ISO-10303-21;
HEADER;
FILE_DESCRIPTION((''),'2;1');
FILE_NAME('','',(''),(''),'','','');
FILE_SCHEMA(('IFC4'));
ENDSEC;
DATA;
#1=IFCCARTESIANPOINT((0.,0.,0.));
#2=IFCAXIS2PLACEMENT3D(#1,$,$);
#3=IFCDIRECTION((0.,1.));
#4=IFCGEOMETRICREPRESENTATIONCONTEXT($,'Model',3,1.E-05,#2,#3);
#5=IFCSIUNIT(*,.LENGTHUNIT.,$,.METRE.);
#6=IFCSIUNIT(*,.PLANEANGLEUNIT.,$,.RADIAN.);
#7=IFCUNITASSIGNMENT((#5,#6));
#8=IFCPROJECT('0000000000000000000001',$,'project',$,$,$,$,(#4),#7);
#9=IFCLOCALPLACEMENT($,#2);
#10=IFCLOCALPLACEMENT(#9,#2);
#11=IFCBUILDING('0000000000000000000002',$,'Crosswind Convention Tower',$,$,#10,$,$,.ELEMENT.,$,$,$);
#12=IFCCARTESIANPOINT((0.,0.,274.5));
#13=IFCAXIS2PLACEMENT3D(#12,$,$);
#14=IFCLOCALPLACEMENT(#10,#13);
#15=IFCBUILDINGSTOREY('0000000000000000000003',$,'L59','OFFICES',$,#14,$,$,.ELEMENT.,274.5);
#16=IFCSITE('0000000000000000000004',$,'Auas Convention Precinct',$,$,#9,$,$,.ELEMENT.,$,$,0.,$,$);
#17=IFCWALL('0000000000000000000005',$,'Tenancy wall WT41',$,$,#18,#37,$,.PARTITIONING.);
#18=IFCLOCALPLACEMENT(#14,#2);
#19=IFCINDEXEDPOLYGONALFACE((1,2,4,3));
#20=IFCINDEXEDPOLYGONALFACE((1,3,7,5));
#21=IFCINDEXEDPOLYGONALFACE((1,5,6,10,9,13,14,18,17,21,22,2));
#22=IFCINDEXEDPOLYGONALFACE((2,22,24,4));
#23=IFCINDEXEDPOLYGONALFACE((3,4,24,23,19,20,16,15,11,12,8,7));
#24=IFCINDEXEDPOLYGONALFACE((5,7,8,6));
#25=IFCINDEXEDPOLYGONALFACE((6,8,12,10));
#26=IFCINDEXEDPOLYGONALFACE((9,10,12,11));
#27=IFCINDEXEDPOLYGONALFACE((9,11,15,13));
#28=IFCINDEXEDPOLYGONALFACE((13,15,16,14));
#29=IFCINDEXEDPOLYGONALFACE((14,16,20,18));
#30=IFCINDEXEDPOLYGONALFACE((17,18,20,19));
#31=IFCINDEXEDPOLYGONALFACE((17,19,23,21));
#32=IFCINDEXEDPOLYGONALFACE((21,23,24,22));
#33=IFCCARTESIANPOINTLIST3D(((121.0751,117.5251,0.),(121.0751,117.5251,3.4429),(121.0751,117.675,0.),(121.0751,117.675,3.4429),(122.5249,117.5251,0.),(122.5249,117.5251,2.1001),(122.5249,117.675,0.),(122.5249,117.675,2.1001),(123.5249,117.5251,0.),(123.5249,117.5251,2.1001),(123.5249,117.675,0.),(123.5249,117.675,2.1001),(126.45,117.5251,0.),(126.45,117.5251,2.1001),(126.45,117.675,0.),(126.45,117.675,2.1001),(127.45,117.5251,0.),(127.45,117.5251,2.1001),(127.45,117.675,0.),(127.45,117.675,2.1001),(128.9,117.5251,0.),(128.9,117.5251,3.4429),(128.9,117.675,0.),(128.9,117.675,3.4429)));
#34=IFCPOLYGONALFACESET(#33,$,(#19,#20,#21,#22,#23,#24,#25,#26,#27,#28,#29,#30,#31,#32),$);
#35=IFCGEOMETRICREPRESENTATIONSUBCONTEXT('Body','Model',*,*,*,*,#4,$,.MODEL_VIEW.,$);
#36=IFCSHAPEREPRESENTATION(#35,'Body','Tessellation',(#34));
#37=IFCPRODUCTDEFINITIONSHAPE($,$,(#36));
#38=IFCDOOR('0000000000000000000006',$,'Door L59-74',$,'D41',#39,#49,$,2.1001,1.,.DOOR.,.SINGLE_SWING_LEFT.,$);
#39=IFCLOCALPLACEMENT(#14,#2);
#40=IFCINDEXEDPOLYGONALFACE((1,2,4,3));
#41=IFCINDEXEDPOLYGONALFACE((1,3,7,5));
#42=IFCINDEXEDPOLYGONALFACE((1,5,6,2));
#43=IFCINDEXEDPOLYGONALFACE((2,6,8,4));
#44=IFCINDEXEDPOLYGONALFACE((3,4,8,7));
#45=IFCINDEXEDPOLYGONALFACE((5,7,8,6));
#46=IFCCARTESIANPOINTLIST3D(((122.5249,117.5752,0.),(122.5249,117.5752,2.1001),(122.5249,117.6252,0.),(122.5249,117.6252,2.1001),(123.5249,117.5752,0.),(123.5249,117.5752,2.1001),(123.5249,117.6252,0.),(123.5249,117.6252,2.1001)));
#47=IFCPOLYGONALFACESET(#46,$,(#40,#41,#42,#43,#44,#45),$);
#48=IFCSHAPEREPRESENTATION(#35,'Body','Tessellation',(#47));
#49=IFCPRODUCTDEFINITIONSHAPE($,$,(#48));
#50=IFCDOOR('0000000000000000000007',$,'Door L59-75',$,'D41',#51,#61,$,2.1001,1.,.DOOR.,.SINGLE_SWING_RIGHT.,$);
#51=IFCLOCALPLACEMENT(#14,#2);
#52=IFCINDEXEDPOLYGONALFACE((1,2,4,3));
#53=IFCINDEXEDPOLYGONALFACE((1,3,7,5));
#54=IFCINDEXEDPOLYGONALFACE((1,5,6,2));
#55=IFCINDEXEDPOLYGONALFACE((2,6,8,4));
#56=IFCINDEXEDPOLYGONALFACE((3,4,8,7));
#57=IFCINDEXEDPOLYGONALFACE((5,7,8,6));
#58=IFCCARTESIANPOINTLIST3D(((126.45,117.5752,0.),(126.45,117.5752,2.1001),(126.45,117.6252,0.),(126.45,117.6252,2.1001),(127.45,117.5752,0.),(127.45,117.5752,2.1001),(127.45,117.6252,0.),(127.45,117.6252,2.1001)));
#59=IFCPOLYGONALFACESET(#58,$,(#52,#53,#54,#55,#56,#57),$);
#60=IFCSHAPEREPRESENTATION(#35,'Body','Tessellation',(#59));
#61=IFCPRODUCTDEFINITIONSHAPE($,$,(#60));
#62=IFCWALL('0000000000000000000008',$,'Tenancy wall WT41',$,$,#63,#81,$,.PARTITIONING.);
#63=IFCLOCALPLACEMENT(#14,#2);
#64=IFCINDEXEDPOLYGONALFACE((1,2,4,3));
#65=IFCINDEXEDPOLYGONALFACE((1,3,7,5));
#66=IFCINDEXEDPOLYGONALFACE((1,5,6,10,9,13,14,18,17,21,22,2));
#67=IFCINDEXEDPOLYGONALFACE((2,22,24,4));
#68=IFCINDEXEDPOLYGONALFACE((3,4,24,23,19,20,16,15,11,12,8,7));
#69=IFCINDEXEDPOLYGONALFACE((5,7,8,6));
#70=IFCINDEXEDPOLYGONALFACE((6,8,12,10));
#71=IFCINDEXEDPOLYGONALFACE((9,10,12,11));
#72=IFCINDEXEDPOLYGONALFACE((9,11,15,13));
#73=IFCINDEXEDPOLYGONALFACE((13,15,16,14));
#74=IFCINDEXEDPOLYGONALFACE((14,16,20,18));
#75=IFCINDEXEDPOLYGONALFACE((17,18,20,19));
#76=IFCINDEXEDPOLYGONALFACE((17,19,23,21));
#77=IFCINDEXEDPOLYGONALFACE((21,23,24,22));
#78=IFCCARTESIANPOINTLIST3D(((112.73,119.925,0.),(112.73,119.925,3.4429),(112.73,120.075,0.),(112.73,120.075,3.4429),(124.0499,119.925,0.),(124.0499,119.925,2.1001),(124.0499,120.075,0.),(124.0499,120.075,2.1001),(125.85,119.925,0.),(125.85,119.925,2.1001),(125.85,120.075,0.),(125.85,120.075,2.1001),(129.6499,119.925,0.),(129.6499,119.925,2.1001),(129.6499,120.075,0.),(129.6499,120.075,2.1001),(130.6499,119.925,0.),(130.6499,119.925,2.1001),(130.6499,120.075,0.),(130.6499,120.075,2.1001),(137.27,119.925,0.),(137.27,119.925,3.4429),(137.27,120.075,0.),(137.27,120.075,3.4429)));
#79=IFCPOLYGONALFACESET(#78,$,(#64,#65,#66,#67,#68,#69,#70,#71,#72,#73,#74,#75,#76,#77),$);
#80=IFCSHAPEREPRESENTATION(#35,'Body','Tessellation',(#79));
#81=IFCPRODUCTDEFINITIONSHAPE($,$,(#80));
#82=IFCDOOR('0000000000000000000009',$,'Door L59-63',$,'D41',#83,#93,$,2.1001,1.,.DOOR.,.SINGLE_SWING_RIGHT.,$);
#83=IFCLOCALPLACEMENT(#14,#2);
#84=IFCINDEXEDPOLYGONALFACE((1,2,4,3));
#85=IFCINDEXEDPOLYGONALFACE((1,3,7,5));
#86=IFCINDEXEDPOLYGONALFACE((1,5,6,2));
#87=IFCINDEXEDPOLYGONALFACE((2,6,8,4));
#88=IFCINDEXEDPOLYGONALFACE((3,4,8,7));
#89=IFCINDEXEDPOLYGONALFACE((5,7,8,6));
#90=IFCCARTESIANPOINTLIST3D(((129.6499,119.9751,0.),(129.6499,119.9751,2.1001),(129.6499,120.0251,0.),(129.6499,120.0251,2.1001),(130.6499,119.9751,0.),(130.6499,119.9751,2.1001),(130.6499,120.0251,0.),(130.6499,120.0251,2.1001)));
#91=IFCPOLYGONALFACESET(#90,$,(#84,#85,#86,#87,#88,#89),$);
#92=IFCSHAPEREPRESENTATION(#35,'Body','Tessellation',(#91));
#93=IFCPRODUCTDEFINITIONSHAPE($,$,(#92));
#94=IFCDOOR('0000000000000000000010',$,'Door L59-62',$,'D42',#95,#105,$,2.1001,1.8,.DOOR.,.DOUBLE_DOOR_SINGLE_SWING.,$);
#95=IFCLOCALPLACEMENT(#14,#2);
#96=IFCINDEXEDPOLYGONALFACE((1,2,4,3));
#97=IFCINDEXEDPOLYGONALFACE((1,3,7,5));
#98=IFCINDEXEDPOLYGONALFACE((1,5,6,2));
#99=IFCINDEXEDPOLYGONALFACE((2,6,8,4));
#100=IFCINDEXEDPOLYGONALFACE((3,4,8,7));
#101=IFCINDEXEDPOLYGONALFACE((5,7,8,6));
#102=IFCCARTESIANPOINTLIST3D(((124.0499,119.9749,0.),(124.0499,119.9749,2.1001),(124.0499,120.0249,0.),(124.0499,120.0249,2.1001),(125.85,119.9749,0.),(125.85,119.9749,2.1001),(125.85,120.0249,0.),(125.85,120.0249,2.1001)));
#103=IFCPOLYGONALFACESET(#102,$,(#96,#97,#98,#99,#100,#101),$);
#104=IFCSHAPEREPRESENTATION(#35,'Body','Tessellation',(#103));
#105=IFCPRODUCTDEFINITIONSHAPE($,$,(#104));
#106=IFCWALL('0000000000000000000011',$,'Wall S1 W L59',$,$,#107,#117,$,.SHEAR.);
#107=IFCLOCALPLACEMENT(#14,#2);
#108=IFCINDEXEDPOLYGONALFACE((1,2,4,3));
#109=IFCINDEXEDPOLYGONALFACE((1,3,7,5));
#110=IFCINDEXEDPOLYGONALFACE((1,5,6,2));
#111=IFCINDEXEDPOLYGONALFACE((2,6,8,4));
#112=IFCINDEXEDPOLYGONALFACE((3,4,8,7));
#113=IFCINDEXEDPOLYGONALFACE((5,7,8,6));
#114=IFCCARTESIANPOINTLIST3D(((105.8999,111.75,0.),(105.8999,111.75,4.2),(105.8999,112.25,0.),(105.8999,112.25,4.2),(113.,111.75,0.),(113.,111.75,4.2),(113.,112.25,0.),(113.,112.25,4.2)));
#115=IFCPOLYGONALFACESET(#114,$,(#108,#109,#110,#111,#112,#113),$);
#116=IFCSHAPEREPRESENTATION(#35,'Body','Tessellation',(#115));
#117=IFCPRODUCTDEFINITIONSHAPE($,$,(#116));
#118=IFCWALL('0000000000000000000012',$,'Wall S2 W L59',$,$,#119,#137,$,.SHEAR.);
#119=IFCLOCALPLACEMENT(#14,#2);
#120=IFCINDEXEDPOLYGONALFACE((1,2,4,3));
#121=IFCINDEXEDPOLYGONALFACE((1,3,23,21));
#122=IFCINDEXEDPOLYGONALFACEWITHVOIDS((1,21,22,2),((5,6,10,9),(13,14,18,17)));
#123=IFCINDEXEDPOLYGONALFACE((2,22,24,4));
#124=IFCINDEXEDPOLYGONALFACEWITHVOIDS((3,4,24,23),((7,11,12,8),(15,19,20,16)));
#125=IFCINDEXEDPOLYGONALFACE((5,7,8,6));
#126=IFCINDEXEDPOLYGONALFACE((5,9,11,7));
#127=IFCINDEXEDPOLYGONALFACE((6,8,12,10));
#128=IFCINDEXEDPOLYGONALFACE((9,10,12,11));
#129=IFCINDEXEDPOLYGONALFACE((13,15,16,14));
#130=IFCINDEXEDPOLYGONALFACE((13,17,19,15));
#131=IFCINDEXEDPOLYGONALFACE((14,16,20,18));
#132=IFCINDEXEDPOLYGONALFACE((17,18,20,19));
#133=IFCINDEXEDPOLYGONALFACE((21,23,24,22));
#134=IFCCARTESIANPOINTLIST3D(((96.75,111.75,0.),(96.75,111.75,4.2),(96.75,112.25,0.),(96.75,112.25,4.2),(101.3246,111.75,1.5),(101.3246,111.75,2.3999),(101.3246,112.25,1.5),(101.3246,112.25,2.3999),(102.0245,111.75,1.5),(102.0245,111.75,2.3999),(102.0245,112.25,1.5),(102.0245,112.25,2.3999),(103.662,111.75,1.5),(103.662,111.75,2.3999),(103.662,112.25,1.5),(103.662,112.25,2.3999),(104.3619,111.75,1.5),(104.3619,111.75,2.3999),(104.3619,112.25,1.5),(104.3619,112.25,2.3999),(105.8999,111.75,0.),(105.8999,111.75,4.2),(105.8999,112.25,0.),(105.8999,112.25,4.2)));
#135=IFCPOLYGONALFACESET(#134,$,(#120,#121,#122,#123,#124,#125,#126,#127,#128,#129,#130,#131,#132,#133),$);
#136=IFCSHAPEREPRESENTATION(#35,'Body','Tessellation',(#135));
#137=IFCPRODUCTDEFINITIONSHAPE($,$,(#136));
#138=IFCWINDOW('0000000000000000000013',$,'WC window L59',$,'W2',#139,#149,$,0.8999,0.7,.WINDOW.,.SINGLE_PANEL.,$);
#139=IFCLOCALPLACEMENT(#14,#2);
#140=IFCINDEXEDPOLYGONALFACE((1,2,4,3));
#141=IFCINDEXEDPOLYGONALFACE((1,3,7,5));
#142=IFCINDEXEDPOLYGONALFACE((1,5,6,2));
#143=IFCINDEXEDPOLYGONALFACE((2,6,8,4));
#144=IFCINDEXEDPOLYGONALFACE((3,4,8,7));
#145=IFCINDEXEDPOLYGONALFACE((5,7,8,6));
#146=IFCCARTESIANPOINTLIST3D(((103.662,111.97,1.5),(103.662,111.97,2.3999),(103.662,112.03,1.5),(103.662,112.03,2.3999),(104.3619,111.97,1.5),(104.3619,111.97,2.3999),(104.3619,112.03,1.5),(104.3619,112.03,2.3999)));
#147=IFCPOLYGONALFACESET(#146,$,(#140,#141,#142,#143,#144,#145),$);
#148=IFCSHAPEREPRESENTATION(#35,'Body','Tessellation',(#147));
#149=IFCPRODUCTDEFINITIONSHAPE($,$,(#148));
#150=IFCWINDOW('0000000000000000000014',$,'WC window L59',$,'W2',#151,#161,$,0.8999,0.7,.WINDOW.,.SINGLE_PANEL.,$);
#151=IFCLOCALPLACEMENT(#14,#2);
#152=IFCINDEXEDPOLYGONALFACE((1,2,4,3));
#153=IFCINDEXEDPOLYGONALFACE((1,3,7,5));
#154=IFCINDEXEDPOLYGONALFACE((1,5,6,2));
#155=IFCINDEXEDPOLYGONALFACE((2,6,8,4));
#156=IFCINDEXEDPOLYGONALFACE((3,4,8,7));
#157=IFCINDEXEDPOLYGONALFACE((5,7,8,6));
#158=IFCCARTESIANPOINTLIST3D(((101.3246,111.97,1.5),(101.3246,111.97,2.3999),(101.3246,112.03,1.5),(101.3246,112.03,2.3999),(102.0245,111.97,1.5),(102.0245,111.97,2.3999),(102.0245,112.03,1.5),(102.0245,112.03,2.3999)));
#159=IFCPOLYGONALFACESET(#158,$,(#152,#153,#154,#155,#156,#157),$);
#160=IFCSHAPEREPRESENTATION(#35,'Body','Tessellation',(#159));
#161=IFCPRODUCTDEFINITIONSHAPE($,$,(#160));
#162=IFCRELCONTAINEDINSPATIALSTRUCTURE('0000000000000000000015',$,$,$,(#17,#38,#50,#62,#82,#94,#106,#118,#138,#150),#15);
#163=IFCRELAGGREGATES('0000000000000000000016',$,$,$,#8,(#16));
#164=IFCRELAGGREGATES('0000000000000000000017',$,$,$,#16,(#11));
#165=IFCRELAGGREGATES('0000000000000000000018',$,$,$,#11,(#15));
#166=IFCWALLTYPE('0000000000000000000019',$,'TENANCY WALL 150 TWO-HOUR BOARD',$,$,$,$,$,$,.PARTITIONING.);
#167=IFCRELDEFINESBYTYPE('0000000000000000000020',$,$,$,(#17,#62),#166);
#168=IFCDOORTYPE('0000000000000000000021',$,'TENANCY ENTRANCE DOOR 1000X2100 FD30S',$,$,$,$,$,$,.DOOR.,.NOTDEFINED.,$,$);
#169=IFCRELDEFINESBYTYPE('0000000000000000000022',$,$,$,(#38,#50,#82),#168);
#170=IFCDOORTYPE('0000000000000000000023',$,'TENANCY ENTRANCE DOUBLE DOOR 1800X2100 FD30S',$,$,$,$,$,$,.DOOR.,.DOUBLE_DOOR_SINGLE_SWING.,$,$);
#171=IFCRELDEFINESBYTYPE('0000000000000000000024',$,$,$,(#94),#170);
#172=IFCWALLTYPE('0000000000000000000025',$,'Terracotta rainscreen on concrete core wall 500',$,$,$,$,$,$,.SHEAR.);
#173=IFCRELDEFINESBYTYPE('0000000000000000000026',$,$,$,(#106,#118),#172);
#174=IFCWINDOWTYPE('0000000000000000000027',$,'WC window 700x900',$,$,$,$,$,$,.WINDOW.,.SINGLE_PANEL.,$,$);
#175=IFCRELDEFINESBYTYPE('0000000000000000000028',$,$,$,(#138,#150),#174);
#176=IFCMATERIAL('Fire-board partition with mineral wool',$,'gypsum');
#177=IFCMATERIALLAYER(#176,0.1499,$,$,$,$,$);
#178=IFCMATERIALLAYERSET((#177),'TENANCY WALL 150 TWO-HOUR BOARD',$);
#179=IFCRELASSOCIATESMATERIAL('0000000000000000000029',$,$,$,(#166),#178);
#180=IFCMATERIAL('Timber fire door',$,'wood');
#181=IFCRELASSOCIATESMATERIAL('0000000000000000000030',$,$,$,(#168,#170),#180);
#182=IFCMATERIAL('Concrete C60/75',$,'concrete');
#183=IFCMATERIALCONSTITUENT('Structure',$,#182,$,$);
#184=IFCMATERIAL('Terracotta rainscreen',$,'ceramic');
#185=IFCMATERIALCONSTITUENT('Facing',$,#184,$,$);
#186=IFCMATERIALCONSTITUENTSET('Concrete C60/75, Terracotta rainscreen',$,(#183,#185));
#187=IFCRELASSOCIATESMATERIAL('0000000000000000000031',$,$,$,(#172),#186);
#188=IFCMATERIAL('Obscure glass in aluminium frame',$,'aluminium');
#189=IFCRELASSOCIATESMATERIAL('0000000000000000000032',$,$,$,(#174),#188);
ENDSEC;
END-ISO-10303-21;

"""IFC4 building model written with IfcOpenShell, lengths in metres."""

from ifc_helpers import new_model, si_unit, direction, frame, frame_2d, origin, place, context, subcontext, project, spatial, rectangle, extrude, material, layer, layer_set, constituent, constituent_set, type_object, element, fill, save


model = new_model("IFC4")

# Units and contexts
model_context = context("Model", 3, precision=1e-05, world=origin(), true_north=direction((0.0, 1.0)))
body_context = subcontext(model_context, "Body", "Model", "MODEL_VIEW")
ifc_project = project(units=[si_unit("LENGTHUNIT", "METRE"), si_unit("PLANEANGLEUNIT", "RADIAN")], contexts=[model_context])

# Site, building, storey
site_placement = place(None, origin())
site = spatial("IfcSite", under=ifc_project, at=site_placement, Name="Auas Convention Precinct", CompositionType="ELEMENT", RefElevation=0.0)
building_placement = place(site_placement, origin())
building = spatial("IfcBuilding", under=site, at=building_placement, Name="Crosswind Convention Tower", CompositionType="ELEMENT")
storey_placement = place(building_placement, frame((0.0, 0.0, 274.5)))
storey = spatial("IfcBuildingStorey", under=building, at=storey_placement, Name="L59", Description="OFFICES", CompositionType="ELEMENT", Elevation=274.5)

# Shared definitions
ifc_material_1 = material(Name="Concrete C60/75", Category="concrete")

# Walls, openings, doors
ifc_material_2 = material(Name="Fire-board partition with mineral wool", Category="gypsum")
ifc_layer_1 = layer(ifc_material_2, 0.1499)
ifc_layer_set_1 = layer_set([ifc_layer_1], Name="TENANCY WALL 150 TWO-HOUR BOARD")
wall_type_1 = type_object("IfcWallType", Name="TENANCY WALL 150 TWO-HOUR BOARD", PredefinedType="PARTITIONING", material=ifc_layer_set_1)
wall_1_placement = place(storey_placement, frame((121.075, 117.6001, 0.0), z_axis=(0.0, 0.0, 1.0), x_axis=(1.0, 0.0, 0.0)))
wall_1 = element("IfcWall", 1, at=wall_1_placement, inside=storey, type_object=wall_type_1, Name="Tenancy wall WT41", PredefinedType="PARTITIONING", context=body_context, shape_type="SweptSolid", body=[
    extrude(rectangle(XDim=7.825, YDim=0.1499, at=frame_2d((3.9126, 0.0))), origin(), (0.0, 0.0, 1.0), 3.4429),
])
opening_1_placement = place(wall_1_placement, frame((1.45, 0.0, 0.0)))
opening_1 = element("IfcOpeningElement", 2, at=opening_1_placement, cuts=wall_1, PredefinedType="OPENING", context=body_context, shape_type="SweptSolid", body=[
    extrude(rectangle(XDim=1.0, YDim=2.1001, at=frame_2d((0.5, 1.05))), frame((0.0, 0.085, 0.0), z_axis=(0.0, -1.0, 0.0), x_axis=(1.0, 0.0, 0.0)), (0.0, 0.0, 1.0), 0.1699),
])
opening_2_placement = place(wall_1_placement, frame((5.375, 0.0, 0.0)))
opening_2 = element("IfcOpeningElement", 3, at=opening_2_placement, cuts=wall_1, PredefinedType="OPENING", context=body_context, shape_type="SweptSolid", body=[
    extrude(rectangle(XDim=1.0, YDim=2.1001, at=frame_2d((0.5, 1.05))), frame((0.0, 0.085, 0.0), z_axis=(0.0, -1.0, 0.0), x_axis=(1.0, 0.0, 0.0)), (0.0, 0.0, 1.0), 0.1699),
])
ifc_material_3 = material(Name="Timber fire door", Category="wood")
door_type_1 = type_object("IfcDoorType", Name="TENANCY ENTRANCE DOOR 1000X2100 FD30S", OperationType="NOTDEFINED", PredefinedType="DOOR", material=ifc_material_3)
door_1_placement = place(opening_1_placement, frame((1.0, 0.0, 0.0), z_axis=(0.0, 0.0, 1.0), x_axis=(-1.0, 0.0, 0.0)))
door_1 = element("IfcDoor", 4, at=door_1_placement, inside=storey, type_object=door_type_1, Name="Door L59-74", ObjectType="D41", OperationType="SINGLE_SWING_LEFT", OverallHeight=2.1001, OverallWidth=1.0, PredefinedType="DOOR", context=body_context, shape_type="SweptSolid", body=[
    extrude(rectangle(XDim=1.0, YDim=2.1001, at=frame_2d((0.5, 1.05))), frame((0.0, 0.0249, 0.0), z_axis=(0.0, -1.0, 0.0), x_axis=(1.0, 0.0, 0.0)), (0.0, 0.0, 1.0), 0.05),
])
fill(opening_1, door_1)
door_2_placement = place(opening_2_placement, frame((1.0, 0.0, 0.0), z_axis=(0.0, 0.0, 1.0), x_axis=(-1.0, 0.0, 0.0)))
door_2 = element("IfcDoor", 5, at=door_2_placement, inside=storey, type_object=door_type_1, Name="Door L59-75", ObjectType="D41", OperationType="SINGLE_SWING_RIGHT", OverallHeight=2.1001, OverallWidth=1.0, PredefinedType="DOOR", context=body_context, shape_type="SweptSolid", body=[
    extrude(rectangle(XDim=1.0, YDim=2.1001, at=frame_2d((0.5, 1.05))), frame((0.0, 0.0249, 0.0), z_axis=(0.0, -1.0, 0.0), x_axis=(1.0, 0.0, 0.0)), (0.0, 0.0, 1.0), 0.05),
])
fill(opening_2, door_2)
wall_2_placement = place(storey_placement, frame((112.73, 120.0, 0.0), z_axis=(0.0, 0.0, 1.0), x_axis=(1.0, 0.0, 0.0)))
wall_2 = element("IfcWall", 6, at=wall_2_placement, inside=storey, type_object=wall_type_1, Name="Tenancy wall WT41", PredefinedType="PARTITIONING", context=body_context, shape_type="SweptSolid", body=[
    extrude(rectangle(XDim=24.54, YDim=0.1499, at=frame_2d((12.27, 0.0))), origin(), (0.0, 0.0, 1.0), 3.4429),
])
opening_3_placement = place(wall_2_placement, frame((11.3201, 0.0, 0.0)))
opening_3 = element("IfcOpeningElement", 7, at=opening_3_placement, cuts=wall_2, PredefinedType="OPENING", context=body_context, shape_type="SweptSolid", body=[
    extrude(rectangle(XDim=1.8, YDim=2.1001, at=frame_2d((0.8999, 1.05))), frame((0.0, 0.085, 0.0), z_axis=(0.0, -1.0, 0.0), x_axis=(1.0, 0.0, 0.0)), (0.0, 0.0, 1.0), 0.1699),
])
opening_4_placement = place(wall_2_placement, frame((16.9199, 0.0, 0.0)))
opening_4 = element("IfcOpeningElement", 8, at=opening_4_placement, cuts=wall_2, PredefinedType="OPENING", context=body_context, shape_type="SweptSolid", body=[
    extrude(rectangle(XDim=1.0, YDim=2.1001, at=frame_2d((0.5, 1.05))), frame((0.0, 0.085, 0.0), z_axis=(0.0, -1.0, 0.0), x_axis=(1.0, 0.0, 0.0)), (0.0, 0.0, 1.0), 0.1699),
])
door_3_placement = place(opening_4_placement, frame((1.0, 0.0, 0.0), z_axis=(0.0, 0.0, 1.0), x_axis=(-1.0, 0.0, 0.0)))
door_3 = element("IfcDoor", 9, at=door_3_placement, inside=storey, type_object=door_type_1, Name="Door L59-63", ObjectType="D41", OperationType="SINGLE_SWING_RIGHT", OverallHeight=2.1001, OverallWidth=1.0, PredefinedType="DOOR", context=body_context, shape_type="SweptSolid", body=[
    extrude(rectangle(XDim=1.0, YDim=2.1001, at=frame_2d((0.5, 1.05))), frame((0.0, 0.0249, 0.0), z_axis=(0.0, -1.0, 0.0), x_axis=(1.0, 0.0, 0.0)), (0.0, 0.0, 1.0), 0.05),
])
fill(opening_4, door_3)
door_type_2 = type_object("IfcDoorType", Name="TENANCY ENTRANCE DOUBLE DOOR 1800X2100 FD30S", OperationType="DOUBLE_DOOR_SINGLE_SWING", PredefinedType="DOOR", material=ifc_material_3)
door_4_placement = place(opening_3_placement, origin())
door_4 = element("IfcDoor", 10, at=door_4_placement, inside=storey, type_object=door_type_2, Name="Door L59-62", ObjectType="D42", OperationType="DOUBLE_DOOR_SINGLE_SWING", OverallHeight=2.1001, OverallWidth=1.8, PredefinedType="DOOR", context=body_context, shape_type="SweptSolid", body=[
    extrude(rectangle(XDim=1.8, YDim=2.1001, at=frame_2d((0.8999, 1.05))), frame((0.0, 0.0249, 0.0), z_axis=(0.0, -1.0, 0.0), x_axis=(1.0, 0.0, 0.0)), (0.0, 0.0, 1.0), 0.05),
])
fill(opening_3, door_4)

# Wall
ifc_constituent_1 = constituent(ifc_material_1, Name="Structure")
ifc_material_4 = material(Name="Terracotta rainscreen", Category="ceramic")
ifc_constituent_2 = constituent(ifc_material_4, Name="Facing")
ifc_constituent_set = constituent_set(constituents=[ifc_constituent_1, ifc_constituent_2], Name="Concrete C60/75, Terracotta rainscreen")
wall_type_2 = type_object("IfcWallType", Name="Terracotta rainscreen on concrete core wall 500", PredefinedType="SHEAR", material=ifc_constituent_set)
wall_3_placement = place(storey_placement, frame((113.0, 112.0, 0.0), z_axis=(0.0, 0.0, 1.0), x_axis=(-1.0, 0.0, 0.0)))
element("IfcWall", 11, at=wall_3_placement, inside=storey, type_object=wall_type_2, Name="Wall S1 W L59", PredefinedType="SHEAR", context=body_context, shape_type="SweptSolid", body=[
    extrude(rectangle(XDim=7.1001, YDim=0.5, at=frame_2d((3.55, 0.0))), origin(), (0.0, 0.0, 1.0), 4.2),
])

# Wall, openings, windows
wall_4_placement = place(storey_placement, frame((105.8999, 112.0, 0.0), z_axis=(0.0, 0.0, 1.0), x_axis=(-1.0, 0.0, 0.0)))
wall_4 = element("IfcWall", 12, at=wall_4_placement, inside=storey, type_object=wall_type_2, Name="Wall S2 W L59", PredefinedType="SHEAR", context=body_context, shape_type="SweptSolid", body=[
    extrude(rectangle(XDim=9.1499, YDim=0.5, at=frame_2d((4.575, 0.0))), origin(), (0.0, 0.0, 1.0), 4.2),
])
opening_5_placement = place(wall_4_placement, frame((1.5378, 0.0, 1.5)))
opening_5 = element("IfcOpeningElement", 13, at=opening_5_placement, cuts=wall_4, PredefinedType="OPENING", context=body_context, shape_type="SweptSolid", body=[
    extrude(rectangle(XDim=0.7, YDim=0.8999, at=frame_2d((0.3501, 0.45))), frame((0.0, 0.26, 0.0), z_axis=(0.0, -1.0, 0.0), x_axis=(1.0, 0.0, 0.0)), (0.0, 0.0, 1.0), 0.52),
])
opening_6_placement = place(wall_4_placement, frame((3.8752, 0.0, 1.5)))
opening_6 = element("IfcOpeningElement", 14, at=opening_6_placement, cuts=wall_4, PredefinedType="OPENING", context=body_context, shape_type="SweptSolid", body=[
    extrude(rectangle(XDim=0.7, YDim=0.8999, at=frame_2d((0.3501, 0.45))), frame((0.0, 0.26, 0.0), z_axis=(0.0, -1.0, 0.0), x_axis=(1.0, 0.0, 0.0)), (0.0, 0.0, 1.0), 0.52),
])
ifc_material_5 = material(Name="Obscure glass in aluminium frame", Category="aluminium")
window_type = type_object("IfcWindowType", Name="WC window 700x900", PartitioningType="SINGLE_PANEL", PredefinedType="WINDOW", material=ifc_material_5)
window_1_placement = place(opening_5_placement, origin())
window_1 = element("IfcWindow", 15, at=window_1_placement, inside=storey, type_object=window_type, Name="WC window L59", ObjectType="W2", OverallHeight=0.8999, OverallWidth=0.7, PartitioningType="SINGLE_PANEL", PredefinedType="WINDOW", context=body_context, shape_type="SweptSolid", body=[
    extrude(rectangle(XDim=0.7, YDim=0.8999, at=frame_2d((0.3501, 0.45))), frame((0.0, 0.03, 0.0), z_axis=(0.0, -1.0, 0.0), x_axis=(1.0, 0.0, 0.0)), (0.0, 0.0, 1.0), 0.0601),
])
fill(opening_5, window_1)
window_2_placement = place(opening_6_placement, origin())
window_2 = element("IfcWindow", 16, at=window_2_placement, inside=storey, type_object=window_type, Name="WC window L59", ObjectType="W2", OverallHeight=0.8999, OverallWidth=0.7, PartitioningType="SINGLE_PANEL", PredefinedType="WINDOW", context=body_context, shape_type="SweptSolid", body=[
    extrude(rectangle(XDim=0.7, YDim=0.8999, at=frame_2d((0.3501, 0.45))), frame((0.0, 0.03, 0.0), z_axis=(0.0, -1.0, 0.0), x_axis=(1.0, 0.0, 0.0)), (0.0, 0.0, 1.0), 0.0601),
])
fill(opening_6, window_2)

save(model, "model.ifc")
